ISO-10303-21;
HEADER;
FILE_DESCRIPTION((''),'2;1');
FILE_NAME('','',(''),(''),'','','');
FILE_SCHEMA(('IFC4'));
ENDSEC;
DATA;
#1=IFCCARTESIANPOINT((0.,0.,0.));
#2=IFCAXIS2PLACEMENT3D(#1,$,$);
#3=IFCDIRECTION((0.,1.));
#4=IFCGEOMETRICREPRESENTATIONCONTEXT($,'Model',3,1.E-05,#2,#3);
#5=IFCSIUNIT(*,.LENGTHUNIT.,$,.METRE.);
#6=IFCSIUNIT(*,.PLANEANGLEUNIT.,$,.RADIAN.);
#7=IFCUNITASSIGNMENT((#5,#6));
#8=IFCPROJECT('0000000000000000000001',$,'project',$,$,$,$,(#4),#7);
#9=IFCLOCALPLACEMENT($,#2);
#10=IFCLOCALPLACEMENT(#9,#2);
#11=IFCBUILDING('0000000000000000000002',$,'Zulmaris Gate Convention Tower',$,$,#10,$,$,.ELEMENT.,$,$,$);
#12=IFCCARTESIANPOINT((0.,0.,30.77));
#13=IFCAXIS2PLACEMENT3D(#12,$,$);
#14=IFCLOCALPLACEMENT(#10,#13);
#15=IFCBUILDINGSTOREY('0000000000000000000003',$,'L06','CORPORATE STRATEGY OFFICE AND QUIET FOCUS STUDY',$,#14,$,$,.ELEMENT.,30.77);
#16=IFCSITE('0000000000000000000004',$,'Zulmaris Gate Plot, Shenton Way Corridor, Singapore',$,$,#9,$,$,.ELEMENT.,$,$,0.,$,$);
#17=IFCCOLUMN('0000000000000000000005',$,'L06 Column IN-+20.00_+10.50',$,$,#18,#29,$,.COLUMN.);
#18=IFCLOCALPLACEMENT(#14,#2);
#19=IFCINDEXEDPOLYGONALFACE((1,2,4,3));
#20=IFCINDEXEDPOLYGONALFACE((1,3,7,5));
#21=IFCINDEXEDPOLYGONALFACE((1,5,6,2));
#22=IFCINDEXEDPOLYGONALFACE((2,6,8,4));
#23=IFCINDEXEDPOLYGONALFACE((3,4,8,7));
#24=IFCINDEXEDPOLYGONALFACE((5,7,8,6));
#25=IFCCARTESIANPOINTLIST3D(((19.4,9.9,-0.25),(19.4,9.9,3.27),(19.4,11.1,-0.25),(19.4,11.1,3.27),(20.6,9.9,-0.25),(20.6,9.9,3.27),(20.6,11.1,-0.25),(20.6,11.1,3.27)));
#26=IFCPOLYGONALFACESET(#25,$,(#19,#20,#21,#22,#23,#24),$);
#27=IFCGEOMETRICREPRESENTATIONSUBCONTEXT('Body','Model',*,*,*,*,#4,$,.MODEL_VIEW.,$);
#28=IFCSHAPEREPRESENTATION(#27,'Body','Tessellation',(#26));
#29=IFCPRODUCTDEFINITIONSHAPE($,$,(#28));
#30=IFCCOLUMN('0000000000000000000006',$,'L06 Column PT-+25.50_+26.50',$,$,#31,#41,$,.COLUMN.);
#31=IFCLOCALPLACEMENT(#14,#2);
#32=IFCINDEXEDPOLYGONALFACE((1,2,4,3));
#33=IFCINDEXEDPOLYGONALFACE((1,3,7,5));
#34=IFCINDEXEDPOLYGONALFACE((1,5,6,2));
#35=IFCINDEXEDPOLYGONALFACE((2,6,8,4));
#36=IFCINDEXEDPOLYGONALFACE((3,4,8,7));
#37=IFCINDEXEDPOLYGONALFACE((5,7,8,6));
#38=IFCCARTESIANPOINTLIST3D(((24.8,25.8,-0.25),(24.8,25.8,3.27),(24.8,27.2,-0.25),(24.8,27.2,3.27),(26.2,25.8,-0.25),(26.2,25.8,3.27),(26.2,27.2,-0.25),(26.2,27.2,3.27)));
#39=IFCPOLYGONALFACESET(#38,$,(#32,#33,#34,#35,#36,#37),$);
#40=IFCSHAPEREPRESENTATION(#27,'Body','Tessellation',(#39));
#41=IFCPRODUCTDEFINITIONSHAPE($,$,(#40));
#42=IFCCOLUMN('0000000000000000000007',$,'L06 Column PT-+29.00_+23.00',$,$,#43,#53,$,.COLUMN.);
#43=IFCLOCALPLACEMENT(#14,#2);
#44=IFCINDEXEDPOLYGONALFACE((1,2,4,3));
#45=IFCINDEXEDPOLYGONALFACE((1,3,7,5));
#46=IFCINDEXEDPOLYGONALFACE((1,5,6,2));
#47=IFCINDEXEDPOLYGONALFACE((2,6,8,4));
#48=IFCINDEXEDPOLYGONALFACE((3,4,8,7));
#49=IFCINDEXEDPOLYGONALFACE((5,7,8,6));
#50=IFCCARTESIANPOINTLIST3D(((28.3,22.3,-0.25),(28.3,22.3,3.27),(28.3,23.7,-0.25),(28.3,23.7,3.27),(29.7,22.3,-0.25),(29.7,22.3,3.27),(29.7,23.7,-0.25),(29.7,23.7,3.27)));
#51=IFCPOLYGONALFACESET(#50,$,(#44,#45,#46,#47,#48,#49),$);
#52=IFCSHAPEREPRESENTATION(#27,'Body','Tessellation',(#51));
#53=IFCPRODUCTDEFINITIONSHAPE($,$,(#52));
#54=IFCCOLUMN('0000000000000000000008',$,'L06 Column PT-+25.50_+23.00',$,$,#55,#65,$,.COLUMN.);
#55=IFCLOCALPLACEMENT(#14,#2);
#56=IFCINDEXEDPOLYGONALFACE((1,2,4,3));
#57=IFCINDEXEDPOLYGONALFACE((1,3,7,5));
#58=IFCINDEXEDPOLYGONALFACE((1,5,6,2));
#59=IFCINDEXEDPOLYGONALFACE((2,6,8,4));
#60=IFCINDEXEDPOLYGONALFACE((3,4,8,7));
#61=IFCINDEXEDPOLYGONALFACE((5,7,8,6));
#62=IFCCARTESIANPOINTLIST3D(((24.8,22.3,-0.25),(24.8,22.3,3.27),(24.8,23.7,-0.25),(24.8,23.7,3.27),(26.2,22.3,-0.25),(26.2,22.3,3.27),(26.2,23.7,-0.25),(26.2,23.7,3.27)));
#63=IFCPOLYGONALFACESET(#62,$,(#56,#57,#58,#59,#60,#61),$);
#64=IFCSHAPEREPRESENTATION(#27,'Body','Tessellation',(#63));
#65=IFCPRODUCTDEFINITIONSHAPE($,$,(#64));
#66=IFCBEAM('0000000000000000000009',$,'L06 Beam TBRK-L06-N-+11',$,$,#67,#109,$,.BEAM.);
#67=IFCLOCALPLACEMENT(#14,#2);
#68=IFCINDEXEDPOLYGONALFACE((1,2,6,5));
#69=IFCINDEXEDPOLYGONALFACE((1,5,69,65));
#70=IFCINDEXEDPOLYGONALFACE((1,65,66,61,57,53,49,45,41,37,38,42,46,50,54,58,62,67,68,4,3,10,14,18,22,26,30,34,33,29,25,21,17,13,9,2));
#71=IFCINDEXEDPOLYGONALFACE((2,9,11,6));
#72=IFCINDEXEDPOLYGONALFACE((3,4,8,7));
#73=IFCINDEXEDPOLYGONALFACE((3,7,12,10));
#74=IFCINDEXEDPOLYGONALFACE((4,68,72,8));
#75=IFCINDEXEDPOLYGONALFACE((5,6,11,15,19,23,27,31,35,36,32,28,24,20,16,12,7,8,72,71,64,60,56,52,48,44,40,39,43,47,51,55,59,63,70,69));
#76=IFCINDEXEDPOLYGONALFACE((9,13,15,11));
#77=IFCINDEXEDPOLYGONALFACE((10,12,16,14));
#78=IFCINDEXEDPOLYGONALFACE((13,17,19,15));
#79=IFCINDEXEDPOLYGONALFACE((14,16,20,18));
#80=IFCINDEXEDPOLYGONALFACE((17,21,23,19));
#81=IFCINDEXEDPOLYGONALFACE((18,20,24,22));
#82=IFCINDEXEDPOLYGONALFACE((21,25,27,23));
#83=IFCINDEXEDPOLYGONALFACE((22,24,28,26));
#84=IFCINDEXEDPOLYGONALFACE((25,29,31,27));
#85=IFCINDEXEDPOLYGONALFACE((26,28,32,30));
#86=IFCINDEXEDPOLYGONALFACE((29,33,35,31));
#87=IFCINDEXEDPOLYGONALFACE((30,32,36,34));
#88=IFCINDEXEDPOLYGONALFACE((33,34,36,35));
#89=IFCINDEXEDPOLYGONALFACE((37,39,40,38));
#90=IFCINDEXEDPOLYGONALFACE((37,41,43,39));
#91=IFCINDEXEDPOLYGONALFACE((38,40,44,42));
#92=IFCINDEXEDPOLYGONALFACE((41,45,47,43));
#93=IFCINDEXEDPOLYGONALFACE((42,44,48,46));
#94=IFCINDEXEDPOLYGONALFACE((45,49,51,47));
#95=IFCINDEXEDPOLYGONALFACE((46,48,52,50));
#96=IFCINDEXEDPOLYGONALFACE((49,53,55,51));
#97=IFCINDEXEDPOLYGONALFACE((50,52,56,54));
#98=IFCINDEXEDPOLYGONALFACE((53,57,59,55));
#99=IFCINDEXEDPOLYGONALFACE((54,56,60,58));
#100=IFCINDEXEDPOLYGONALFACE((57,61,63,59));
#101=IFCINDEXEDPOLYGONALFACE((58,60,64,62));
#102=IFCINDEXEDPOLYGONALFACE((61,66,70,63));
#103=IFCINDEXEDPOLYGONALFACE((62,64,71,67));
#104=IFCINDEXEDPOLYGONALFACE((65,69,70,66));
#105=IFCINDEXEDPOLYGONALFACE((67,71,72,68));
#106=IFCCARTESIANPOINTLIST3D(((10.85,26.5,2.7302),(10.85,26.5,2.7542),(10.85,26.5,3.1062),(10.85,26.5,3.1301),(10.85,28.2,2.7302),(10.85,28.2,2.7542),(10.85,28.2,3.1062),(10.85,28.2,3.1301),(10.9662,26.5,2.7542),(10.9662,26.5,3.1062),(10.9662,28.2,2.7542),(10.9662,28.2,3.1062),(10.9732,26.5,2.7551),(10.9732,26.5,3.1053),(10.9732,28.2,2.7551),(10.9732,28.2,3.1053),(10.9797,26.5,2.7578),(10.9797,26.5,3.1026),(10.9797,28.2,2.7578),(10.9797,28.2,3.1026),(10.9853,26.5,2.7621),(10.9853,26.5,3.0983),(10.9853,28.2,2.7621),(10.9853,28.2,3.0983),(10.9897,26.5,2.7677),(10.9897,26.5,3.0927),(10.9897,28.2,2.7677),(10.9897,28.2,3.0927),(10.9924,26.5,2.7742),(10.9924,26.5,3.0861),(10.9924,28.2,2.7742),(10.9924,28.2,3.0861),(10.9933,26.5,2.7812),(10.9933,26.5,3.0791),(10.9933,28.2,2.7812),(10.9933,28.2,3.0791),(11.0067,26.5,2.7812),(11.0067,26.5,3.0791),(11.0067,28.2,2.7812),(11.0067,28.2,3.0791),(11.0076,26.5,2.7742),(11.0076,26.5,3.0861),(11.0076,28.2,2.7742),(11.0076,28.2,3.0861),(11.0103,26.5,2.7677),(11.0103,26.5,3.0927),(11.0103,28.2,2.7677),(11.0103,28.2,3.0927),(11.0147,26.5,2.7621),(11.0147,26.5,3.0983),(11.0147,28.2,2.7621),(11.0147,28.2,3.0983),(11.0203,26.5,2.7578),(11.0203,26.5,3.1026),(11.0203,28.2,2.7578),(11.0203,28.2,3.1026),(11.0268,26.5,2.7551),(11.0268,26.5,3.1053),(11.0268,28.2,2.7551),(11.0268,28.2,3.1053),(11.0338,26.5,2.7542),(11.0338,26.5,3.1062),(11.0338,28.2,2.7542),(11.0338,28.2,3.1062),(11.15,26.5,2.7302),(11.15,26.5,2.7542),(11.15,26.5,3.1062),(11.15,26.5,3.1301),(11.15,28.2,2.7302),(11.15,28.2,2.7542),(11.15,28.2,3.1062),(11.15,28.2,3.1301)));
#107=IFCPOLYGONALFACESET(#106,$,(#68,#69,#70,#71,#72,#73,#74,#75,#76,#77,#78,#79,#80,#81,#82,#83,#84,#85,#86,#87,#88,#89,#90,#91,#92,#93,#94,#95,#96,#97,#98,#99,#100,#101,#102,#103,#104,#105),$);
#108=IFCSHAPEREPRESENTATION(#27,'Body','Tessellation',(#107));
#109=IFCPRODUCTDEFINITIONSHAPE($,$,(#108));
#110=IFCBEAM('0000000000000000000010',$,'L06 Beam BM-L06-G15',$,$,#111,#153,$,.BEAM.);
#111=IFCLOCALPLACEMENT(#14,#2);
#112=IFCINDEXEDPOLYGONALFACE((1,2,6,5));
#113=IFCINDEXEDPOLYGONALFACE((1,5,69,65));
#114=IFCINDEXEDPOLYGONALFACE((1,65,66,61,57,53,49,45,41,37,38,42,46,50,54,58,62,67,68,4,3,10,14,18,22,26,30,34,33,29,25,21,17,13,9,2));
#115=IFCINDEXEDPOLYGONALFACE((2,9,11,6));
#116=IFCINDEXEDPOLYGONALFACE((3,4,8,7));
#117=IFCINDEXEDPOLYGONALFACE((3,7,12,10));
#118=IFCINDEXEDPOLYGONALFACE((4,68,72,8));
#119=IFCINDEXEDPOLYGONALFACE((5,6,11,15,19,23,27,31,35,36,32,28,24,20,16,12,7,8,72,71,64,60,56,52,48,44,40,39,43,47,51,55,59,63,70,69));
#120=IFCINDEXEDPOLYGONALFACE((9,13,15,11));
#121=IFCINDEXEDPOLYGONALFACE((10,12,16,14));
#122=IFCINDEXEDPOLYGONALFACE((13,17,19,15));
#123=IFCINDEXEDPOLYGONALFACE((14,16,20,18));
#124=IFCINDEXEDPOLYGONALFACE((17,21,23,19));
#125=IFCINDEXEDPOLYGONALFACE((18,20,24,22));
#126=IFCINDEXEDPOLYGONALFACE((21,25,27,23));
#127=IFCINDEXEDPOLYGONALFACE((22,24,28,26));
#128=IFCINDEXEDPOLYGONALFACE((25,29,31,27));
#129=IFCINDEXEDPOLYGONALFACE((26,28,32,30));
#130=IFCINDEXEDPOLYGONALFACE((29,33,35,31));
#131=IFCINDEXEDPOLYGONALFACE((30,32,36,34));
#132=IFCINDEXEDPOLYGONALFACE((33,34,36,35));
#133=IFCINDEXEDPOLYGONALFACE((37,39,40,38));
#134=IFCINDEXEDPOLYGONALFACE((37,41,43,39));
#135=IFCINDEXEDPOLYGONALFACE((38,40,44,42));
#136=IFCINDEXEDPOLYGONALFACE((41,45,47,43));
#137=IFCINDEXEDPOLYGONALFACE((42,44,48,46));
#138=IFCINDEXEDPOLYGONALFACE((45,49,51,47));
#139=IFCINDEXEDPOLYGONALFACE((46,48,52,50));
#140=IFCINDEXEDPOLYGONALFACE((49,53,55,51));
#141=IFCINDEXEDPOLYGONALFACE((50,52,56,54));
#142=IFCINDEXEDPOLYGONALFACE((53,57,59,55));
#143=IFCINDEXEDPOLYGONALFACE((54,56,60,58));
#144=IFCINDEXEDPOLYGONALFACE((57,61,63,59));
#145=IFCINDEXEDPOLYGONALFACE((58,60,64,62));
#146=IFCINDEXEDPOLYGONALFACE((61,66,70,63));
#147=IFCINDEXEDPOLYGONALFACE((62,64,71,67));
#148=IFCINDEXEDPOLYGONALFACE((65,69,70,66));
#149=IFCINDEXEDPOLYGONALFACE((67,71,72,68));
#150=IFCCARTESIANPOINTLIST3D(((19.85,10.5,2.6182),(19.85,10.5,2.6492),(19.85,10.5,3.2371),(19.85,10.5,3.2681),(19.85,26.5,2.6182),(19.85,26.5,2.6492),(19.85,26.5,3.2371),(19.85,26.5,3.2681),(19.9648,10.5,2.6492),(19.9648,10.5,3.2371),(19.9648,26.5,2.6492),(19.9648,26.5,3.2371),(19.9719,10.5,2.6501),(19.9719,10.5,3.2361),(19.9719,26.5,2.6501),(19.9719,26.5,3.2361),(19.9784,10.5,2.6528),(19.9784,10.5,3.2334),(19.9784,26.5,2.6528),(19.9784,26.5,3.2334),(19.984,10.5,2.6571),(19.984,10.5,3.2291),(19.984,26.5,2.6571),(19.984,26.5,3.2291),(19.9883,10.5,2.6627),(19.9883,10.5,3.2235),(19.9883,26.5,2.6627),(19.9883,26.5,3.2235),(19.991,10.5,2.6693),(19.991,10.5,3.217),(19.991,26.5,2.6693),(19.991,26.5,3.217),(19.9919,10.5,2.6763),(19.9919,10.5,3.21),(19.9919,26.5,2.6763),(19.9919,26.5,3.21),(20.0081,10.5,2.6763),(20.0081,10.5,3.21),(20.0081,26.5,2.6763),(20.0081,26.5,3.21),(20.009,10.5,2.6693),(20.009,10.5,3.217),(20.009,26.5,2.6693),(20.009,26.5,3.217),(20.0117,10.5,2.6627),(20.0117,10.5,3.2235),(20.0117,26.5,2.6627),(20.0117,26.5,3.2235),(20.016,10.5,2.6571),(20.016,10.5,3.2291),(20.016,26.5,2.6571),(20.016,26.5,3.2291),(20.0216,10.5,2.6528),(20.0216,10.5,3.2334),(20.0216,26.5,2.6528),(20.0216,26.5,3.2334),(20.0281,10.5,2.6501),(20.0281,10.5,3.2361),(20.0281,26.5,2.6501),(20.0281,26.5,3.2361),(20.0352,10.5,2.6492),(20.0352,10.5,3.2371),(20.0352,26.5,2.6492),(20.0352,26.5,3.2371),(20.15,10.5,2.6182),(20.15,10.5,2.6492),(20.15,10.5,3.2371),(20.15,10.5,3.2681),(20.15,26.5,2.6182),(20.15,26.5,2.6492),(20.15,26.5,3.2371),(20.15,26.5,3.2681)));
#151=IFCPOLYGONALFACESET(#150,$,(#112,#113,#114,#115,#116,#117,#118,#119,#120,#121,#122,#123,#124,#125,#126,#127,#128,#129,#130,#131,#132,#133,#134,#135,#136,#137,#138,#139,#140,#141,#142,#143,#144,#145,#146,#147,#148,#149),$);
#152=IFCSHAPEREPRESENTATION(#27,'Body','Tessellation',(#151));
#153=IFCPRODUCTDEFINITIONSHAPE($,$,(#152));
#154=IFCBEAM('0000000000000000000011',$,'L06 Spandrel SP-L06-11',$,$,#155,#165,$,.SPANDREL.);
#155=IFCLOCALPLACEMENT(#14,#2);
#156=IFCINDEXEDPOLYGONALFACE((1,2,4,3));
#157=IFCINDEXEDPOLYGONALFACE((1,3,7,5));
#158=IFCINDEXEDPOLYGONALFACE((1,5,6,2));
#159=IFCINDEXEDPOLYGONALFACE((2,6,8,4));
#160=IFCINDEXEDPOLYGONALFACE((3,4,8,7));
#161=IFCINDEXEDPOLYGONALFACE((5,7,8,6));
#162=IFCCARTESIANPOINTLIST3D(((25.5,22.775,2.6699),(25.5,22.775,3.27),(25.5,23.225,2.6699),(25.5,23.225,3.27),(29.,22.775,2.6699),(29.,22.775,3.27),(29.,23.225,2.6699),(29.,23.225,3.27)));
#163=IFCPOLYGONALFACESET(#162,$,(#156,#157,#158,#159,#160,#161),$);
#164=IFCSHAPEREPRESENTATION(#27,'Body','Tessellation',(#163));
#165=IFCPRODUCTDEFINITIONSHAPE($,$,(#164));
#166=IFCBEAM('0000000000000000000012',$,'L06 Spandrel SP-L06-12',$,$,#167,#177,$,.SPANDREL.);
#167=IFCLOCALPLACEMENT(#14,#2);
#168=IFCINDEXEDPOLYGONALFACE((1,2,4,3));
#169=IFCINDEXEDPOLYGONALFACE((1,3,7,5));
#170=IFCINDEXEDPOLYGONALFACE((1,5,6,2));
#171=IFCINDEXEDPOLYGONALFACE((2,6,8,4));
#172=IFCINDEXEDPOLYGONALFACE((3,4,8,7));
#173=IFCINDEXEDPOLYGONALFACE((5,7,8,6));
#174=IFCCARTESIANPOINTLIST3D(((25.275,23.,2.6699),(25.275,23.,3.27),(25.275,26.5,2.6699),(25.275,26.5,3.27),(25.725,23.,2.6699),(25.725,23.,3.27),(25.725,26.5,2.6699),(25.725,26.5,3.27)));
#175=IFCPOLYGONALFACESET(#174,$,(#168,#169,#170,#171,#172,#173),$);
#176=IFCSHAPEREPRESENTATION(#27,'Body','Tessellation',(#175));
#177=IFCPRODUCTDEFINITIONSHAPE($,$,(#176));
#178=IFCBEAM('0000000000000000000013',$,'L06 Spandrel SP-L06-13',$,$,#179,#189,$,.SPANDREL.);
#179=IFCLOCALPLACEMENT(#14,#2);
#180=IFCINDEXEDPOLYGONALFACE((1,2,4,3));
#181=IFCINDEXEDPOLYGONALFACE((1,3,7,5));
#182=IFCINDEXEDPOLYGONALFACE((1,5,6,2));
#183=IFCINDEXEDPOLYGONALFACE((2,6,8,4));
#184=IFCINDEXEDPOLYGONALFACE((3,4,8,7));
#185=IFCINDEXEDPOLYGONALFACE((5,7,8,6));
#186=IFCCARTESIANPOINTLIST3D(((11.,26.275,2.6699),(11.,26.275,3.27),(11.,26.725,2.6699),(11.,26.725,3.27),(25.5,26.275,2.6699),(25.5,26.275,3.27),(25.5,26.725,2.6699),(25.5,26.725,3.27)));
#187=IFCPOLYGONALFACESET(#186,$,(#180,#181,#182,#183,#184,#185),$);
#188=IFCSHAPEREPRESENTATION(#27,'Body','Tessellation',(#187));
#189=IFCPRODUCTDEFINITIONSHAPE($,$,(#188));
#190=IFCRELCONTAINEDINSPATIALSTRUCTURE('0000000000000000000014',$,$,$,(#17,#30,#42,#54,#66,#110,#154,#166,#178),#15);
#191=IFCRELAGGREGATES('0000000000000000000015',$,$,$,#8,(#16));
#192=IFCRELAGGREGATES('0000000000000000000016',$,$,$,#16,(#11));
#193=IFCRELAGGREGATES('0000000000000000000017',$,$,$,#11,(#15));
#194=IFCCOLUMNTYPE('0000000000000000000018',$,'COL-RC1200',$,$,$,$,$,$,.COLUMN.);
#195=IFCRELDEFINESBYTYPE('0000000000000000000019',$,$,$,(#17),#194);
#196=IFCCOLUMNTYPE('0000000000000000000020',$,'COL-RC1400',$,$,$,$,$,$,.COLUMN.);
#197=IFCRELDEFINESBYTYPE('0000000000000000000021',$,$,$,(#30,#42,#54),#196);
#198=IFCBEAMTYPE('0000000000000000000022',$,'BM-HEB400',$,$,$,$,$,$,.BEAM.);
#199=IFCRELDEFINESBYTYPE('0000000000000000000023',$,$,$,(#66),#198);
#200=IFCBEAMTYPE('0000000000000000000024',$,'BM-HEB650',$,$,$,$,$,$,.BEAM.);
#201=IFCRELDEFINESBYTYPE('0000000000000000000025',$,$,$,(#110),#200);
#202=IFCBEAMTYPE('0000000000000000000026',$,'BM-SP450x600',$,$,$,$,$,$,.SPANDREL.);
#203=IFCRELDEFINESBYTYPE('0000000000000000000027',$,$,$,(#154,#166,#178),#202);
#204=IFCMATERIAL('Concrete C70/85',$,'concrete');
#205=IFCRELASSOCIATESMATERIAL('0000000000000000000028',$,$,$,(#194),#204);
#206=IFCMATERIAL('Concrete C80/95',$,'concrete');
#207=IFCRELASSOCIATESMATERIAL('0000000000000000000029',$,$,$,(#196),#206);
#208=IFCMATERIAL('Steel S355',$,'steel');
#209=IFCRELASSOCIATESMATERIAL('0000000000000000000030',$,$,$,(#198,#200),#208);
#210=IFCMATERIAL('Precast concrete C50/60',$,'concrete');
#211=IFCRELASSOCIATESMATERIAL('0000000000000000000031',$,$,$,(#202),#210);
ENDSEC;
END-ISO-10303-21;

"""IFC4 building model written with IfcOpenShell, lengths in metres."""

from ifc_helpers import new_model, si_unit, direction, frame, origin, origin_2d, place, context, subcontext, project, spatial, rectangle, i_section, extrude, material, material_profile, profile_set, type_object, element, save


model = new_model("IFC4")

# Units and contexts
model_context = context("Model", 3, precision=1e-05, world=origin(), true_north=direction((0.0, 1.0)))
body_context = subcontext(model_context, "Body", "Model", "MODEL_VIEW")
ifc_project = project(units=[si_unit("LENGTHUNIT", "METRE"), si_unit("PLANEANGLEUNIT", "RADIAN")], contexts=[model_context])

# Site, building, storey
site_placement = place(None, origin())
site = spatial("IfcSite", under=ifc_project, at=site_placement, Name="Zulmaris Gate Plot, Shenton Way Corridor, Singapore", CompositionType="ELEMENT", RefElevation=0.0)
building_placement = place(site_placement, origin())
building = spatial("IfcBuilding", under=site, at=building_placement, Name="Zulmaris Gate Convention Tower", CompositionType="ELEMENT")
storey_placement = place(building_placement, frame((0.0, 0.0, 30.77)))
storey = spatial("IfcBuildingStorey", under=building, at=storey_placement, Name="L06", Description="CORPORATE STRATEGY OFFICE AND QUIET FOCUS STUDY", CompositionType="ELEMENT", Elevation=30.77)

# Columns
ifc_material_1 = material(Name="Concrete C70/85", Category="concrete")
ifc_material_profile_1 = material_profile(ifc_material_1, rectangle(XDim=1.2, YDim=1.2, at=origin_2d()), Name="RC COL 1200x1200")
ifc_profile_set_1 = profile_set([ifc_material_profile_1], Name="Concrete C70/85")
column_type_1 = type_object("IfcColumnType", Name="COL-RC1200", PredefinedType="COLUMN", material=ifc_profile_set_1)
column_placement = place(storey_placement, frame((20.0, 10.5, -0.25), z_axis=(0.0, 0.0, 1.0), x_axis=(1.0, 0.0, 0.0)))
element("IfcColumn", 1, at=column_placement, inside=storey, type_object=column_type_1, Name="L06 Column IN-+20.00_+10.50", PredefinedType="COLUMN", context=body_context, shape_type="SweptSolid", body=[
    extrude(rectangle(XDim=1.2, YDim=1.2, at=origin_2d()), origin(), (0.0, 0.0, 1.0), 3.52),
])
ifc_material_2 = material(Name="Concrete C80/95", Category="concrete")
ifc_material_profile_2 = material_profile(ifc_material_2, rectangle(XDim=1.3999, YDim=1.3999, at=origin_2d()), Name="RC COL 1400x1400")
ifc_profile_set_2 = profile_set([ifc_material_profile_2], Name="Concrete C80/95")
column_type_2 = type_object("IfcColumnType", Name="COL-RC1400", PredefinedType="COLUMN", material=ifc_profile_set_2)
for number, where, z_axis, x_axis, name in (
    (2, (25.5, 26.5, -0.25), (0.0, 0.0, 1.0), (1.0, 0.0, 0.0), "L06 Column PT-+25.50_+26.50"),
    (3, (29.0, 23.0, -0.25), (0.0, 0.0, 1.0), (1.0, 0.0, 0.0), "L06 Column PT-+29.00_+23.00"),
    (4, (25.5, 23.0, -0.25), (0.0, 0.0, 1.0), (1.0, 0.0, 0.0), "L06 Column PT-+25.50_+23.00"),
):
    element("IfcColumn", number, at=place(storey_placement, frame(where, z_axis=z_axis, x_axis=x_axis)), inside=storey, type_object=column_type_2, Name=name, PredefinedType="COLUMN", context=body_context, shape_type="SweptSolid", body=[
        extrude(rectangle(XDim=1.3999, YDim=1.3999, at=origin_2d()), origin(), (0.0, 0.0, 1.0), 3.52),
    ])

# Beams
ifc_material_3 = material(Name="Steel S355", Category="steel")
ifc_material_profile_3 = material_profile(ifc_material_3, i_section(OverallWidth=0.3, OverallDepth=0.3999, WebThickness=0.0134, FlangeThickness=0.0239, FilletRadius=0.0271, at=origin_2d()), Name="HEB 400")
ifc_profile_set_3 = profile_set([ifc_material_profile_3], Name="Steel S355")
beam_type_1 = type_object("IfcBeamType", Name="BM-HEB400", PredefinedType="BEAM", material=ifc_profile_set_3)
beam_1_placement = place(storey_placement, frame((11.0, 26.5, 2.9302), z_axis=(0.0, 1.0, 0.0), x_axis=(-1.0, 0.0, 0.0)))
element("IfcBeam", 5, at=beam_1_placement, inside=storey, type_object=beam_type_1, Name="L06 Beam TBRK-L06-N-+11", PredefinedType="BEAM", context=body_context, shape_type="SweptSolid", body=[
    extrude(i_section(OverallWidth=0.3, OverallDepth=0.3999, WebThickness=0.0134, FlangeThickness=0.0239, FilletRadius=0.0271, at=origin_2d()), origin(), (0.0, 0.0, 1.0), 1.7),
])
ifc_material_profile_4 = material_profile(ifc_material_3, i_section(OverallWidth=0.3, OverallDepth=0.6499, WebThickness=0.0161, FlangeThickness=0.031, FilletRadius=0.0271, at=origin_2d()), Name="HEB 650")
ifc_profile_set_4 = profile_set([ifc_material_profile_4], Name="Steel S355")
beam_type_2 = type_object("IfcBeamType", Name="BM-HEB650", PredefinedType="BEAM", material=ifc_profile_set_4)
beam_2_placement = place(storey_placement, frame((20.0, 10.5, 2.9431), z_axis=(0.0, 1.0, 0.0), x_axis=(-1.0, 0.0, 0.0)))
element("IfcBeam", 6, at=beam_2_placement, inside=storey, type_object=beam_type_2, Name="L06 Beam BM-L06-G15", PredefinedType="BEAM", context=body_context, shape_type="SweptSolid", body=[
    extrude(i_section(OverallWidth=0.3, OverallDepth=0.6499, WebThickness=0.0161, FlangeThickness=0.031, FilletRadius=0.0271, at=origin_2d()), origin(), (0.0, 0.0, 1.0), 16.0),
])
ifc_material_4 = material(Name="Precast concrete C50/60", Category="concrete")
ifc_material_profile_5 = material_profile(ifc_material_4, rectangle(XDim=0.45, YDim=0.6001, at=origin_2d()), Name="RC SPANDREL 450x600")
ifc_profile_set_5 = profile_set([ifc_material_profile_5], Name="Precast concrete C50/60")
beam_type_3 = type_object("IfcBeamType", Name="BM-SP450x600", PredefinedType="SPANDREL", material=ifc_profile_set_5)
for number, where, z_axis, x_axis, name in (
    (7, (29.0, 23.0, 2.97), (-1.0, 0.0, 0.0), (0.0, -1.0, 0.0), "L06 Spandrel SP-L06-11"),
    (8, (25.5, 23.0, 2.97), (0.0, 1.0, 0.0), (-1.0, 0.0, 0.0), "L06 Spandrel SP-L06-12"),
):
    element("IfcBeam", number, at=place(storey_placement, frame(where, z_axis=z_axis, x_axis=x_axis)), inside=storey, type_object=beam_type_3, Name=name, PredefinedType="SPANDREL", context=body_context, shape_type="SweptSolid", body=[
        extrude(rectangle(XDim=0.45, YDim=0.6001, at=origin_2d()), origin(), (0.0, 0.0, 1.0), 3.5),
    ])
beam_3_placement = place(storey_placement, frame((25.5, 26.5, 2.97), z_axis=(-1.0, 0.0, 0.0), x_axis=(0.0, -1.0, 0.0)))
element("IfcBeam", 9, at=beam_3_placement, inside=storey, type_object=beam_type_3, Name="L06 Spandrel SP-L06-13", PredefinedType="SPANDREL", context=body_context, shape_type="SweptSolid", body=[
    extrude(rectangle(XDim=0.45, YDim=0.6001, at=origin_2d()), origin(), (0.0, 0.0, 1.0), 14.5),
])

save(model, "model.ifc")
